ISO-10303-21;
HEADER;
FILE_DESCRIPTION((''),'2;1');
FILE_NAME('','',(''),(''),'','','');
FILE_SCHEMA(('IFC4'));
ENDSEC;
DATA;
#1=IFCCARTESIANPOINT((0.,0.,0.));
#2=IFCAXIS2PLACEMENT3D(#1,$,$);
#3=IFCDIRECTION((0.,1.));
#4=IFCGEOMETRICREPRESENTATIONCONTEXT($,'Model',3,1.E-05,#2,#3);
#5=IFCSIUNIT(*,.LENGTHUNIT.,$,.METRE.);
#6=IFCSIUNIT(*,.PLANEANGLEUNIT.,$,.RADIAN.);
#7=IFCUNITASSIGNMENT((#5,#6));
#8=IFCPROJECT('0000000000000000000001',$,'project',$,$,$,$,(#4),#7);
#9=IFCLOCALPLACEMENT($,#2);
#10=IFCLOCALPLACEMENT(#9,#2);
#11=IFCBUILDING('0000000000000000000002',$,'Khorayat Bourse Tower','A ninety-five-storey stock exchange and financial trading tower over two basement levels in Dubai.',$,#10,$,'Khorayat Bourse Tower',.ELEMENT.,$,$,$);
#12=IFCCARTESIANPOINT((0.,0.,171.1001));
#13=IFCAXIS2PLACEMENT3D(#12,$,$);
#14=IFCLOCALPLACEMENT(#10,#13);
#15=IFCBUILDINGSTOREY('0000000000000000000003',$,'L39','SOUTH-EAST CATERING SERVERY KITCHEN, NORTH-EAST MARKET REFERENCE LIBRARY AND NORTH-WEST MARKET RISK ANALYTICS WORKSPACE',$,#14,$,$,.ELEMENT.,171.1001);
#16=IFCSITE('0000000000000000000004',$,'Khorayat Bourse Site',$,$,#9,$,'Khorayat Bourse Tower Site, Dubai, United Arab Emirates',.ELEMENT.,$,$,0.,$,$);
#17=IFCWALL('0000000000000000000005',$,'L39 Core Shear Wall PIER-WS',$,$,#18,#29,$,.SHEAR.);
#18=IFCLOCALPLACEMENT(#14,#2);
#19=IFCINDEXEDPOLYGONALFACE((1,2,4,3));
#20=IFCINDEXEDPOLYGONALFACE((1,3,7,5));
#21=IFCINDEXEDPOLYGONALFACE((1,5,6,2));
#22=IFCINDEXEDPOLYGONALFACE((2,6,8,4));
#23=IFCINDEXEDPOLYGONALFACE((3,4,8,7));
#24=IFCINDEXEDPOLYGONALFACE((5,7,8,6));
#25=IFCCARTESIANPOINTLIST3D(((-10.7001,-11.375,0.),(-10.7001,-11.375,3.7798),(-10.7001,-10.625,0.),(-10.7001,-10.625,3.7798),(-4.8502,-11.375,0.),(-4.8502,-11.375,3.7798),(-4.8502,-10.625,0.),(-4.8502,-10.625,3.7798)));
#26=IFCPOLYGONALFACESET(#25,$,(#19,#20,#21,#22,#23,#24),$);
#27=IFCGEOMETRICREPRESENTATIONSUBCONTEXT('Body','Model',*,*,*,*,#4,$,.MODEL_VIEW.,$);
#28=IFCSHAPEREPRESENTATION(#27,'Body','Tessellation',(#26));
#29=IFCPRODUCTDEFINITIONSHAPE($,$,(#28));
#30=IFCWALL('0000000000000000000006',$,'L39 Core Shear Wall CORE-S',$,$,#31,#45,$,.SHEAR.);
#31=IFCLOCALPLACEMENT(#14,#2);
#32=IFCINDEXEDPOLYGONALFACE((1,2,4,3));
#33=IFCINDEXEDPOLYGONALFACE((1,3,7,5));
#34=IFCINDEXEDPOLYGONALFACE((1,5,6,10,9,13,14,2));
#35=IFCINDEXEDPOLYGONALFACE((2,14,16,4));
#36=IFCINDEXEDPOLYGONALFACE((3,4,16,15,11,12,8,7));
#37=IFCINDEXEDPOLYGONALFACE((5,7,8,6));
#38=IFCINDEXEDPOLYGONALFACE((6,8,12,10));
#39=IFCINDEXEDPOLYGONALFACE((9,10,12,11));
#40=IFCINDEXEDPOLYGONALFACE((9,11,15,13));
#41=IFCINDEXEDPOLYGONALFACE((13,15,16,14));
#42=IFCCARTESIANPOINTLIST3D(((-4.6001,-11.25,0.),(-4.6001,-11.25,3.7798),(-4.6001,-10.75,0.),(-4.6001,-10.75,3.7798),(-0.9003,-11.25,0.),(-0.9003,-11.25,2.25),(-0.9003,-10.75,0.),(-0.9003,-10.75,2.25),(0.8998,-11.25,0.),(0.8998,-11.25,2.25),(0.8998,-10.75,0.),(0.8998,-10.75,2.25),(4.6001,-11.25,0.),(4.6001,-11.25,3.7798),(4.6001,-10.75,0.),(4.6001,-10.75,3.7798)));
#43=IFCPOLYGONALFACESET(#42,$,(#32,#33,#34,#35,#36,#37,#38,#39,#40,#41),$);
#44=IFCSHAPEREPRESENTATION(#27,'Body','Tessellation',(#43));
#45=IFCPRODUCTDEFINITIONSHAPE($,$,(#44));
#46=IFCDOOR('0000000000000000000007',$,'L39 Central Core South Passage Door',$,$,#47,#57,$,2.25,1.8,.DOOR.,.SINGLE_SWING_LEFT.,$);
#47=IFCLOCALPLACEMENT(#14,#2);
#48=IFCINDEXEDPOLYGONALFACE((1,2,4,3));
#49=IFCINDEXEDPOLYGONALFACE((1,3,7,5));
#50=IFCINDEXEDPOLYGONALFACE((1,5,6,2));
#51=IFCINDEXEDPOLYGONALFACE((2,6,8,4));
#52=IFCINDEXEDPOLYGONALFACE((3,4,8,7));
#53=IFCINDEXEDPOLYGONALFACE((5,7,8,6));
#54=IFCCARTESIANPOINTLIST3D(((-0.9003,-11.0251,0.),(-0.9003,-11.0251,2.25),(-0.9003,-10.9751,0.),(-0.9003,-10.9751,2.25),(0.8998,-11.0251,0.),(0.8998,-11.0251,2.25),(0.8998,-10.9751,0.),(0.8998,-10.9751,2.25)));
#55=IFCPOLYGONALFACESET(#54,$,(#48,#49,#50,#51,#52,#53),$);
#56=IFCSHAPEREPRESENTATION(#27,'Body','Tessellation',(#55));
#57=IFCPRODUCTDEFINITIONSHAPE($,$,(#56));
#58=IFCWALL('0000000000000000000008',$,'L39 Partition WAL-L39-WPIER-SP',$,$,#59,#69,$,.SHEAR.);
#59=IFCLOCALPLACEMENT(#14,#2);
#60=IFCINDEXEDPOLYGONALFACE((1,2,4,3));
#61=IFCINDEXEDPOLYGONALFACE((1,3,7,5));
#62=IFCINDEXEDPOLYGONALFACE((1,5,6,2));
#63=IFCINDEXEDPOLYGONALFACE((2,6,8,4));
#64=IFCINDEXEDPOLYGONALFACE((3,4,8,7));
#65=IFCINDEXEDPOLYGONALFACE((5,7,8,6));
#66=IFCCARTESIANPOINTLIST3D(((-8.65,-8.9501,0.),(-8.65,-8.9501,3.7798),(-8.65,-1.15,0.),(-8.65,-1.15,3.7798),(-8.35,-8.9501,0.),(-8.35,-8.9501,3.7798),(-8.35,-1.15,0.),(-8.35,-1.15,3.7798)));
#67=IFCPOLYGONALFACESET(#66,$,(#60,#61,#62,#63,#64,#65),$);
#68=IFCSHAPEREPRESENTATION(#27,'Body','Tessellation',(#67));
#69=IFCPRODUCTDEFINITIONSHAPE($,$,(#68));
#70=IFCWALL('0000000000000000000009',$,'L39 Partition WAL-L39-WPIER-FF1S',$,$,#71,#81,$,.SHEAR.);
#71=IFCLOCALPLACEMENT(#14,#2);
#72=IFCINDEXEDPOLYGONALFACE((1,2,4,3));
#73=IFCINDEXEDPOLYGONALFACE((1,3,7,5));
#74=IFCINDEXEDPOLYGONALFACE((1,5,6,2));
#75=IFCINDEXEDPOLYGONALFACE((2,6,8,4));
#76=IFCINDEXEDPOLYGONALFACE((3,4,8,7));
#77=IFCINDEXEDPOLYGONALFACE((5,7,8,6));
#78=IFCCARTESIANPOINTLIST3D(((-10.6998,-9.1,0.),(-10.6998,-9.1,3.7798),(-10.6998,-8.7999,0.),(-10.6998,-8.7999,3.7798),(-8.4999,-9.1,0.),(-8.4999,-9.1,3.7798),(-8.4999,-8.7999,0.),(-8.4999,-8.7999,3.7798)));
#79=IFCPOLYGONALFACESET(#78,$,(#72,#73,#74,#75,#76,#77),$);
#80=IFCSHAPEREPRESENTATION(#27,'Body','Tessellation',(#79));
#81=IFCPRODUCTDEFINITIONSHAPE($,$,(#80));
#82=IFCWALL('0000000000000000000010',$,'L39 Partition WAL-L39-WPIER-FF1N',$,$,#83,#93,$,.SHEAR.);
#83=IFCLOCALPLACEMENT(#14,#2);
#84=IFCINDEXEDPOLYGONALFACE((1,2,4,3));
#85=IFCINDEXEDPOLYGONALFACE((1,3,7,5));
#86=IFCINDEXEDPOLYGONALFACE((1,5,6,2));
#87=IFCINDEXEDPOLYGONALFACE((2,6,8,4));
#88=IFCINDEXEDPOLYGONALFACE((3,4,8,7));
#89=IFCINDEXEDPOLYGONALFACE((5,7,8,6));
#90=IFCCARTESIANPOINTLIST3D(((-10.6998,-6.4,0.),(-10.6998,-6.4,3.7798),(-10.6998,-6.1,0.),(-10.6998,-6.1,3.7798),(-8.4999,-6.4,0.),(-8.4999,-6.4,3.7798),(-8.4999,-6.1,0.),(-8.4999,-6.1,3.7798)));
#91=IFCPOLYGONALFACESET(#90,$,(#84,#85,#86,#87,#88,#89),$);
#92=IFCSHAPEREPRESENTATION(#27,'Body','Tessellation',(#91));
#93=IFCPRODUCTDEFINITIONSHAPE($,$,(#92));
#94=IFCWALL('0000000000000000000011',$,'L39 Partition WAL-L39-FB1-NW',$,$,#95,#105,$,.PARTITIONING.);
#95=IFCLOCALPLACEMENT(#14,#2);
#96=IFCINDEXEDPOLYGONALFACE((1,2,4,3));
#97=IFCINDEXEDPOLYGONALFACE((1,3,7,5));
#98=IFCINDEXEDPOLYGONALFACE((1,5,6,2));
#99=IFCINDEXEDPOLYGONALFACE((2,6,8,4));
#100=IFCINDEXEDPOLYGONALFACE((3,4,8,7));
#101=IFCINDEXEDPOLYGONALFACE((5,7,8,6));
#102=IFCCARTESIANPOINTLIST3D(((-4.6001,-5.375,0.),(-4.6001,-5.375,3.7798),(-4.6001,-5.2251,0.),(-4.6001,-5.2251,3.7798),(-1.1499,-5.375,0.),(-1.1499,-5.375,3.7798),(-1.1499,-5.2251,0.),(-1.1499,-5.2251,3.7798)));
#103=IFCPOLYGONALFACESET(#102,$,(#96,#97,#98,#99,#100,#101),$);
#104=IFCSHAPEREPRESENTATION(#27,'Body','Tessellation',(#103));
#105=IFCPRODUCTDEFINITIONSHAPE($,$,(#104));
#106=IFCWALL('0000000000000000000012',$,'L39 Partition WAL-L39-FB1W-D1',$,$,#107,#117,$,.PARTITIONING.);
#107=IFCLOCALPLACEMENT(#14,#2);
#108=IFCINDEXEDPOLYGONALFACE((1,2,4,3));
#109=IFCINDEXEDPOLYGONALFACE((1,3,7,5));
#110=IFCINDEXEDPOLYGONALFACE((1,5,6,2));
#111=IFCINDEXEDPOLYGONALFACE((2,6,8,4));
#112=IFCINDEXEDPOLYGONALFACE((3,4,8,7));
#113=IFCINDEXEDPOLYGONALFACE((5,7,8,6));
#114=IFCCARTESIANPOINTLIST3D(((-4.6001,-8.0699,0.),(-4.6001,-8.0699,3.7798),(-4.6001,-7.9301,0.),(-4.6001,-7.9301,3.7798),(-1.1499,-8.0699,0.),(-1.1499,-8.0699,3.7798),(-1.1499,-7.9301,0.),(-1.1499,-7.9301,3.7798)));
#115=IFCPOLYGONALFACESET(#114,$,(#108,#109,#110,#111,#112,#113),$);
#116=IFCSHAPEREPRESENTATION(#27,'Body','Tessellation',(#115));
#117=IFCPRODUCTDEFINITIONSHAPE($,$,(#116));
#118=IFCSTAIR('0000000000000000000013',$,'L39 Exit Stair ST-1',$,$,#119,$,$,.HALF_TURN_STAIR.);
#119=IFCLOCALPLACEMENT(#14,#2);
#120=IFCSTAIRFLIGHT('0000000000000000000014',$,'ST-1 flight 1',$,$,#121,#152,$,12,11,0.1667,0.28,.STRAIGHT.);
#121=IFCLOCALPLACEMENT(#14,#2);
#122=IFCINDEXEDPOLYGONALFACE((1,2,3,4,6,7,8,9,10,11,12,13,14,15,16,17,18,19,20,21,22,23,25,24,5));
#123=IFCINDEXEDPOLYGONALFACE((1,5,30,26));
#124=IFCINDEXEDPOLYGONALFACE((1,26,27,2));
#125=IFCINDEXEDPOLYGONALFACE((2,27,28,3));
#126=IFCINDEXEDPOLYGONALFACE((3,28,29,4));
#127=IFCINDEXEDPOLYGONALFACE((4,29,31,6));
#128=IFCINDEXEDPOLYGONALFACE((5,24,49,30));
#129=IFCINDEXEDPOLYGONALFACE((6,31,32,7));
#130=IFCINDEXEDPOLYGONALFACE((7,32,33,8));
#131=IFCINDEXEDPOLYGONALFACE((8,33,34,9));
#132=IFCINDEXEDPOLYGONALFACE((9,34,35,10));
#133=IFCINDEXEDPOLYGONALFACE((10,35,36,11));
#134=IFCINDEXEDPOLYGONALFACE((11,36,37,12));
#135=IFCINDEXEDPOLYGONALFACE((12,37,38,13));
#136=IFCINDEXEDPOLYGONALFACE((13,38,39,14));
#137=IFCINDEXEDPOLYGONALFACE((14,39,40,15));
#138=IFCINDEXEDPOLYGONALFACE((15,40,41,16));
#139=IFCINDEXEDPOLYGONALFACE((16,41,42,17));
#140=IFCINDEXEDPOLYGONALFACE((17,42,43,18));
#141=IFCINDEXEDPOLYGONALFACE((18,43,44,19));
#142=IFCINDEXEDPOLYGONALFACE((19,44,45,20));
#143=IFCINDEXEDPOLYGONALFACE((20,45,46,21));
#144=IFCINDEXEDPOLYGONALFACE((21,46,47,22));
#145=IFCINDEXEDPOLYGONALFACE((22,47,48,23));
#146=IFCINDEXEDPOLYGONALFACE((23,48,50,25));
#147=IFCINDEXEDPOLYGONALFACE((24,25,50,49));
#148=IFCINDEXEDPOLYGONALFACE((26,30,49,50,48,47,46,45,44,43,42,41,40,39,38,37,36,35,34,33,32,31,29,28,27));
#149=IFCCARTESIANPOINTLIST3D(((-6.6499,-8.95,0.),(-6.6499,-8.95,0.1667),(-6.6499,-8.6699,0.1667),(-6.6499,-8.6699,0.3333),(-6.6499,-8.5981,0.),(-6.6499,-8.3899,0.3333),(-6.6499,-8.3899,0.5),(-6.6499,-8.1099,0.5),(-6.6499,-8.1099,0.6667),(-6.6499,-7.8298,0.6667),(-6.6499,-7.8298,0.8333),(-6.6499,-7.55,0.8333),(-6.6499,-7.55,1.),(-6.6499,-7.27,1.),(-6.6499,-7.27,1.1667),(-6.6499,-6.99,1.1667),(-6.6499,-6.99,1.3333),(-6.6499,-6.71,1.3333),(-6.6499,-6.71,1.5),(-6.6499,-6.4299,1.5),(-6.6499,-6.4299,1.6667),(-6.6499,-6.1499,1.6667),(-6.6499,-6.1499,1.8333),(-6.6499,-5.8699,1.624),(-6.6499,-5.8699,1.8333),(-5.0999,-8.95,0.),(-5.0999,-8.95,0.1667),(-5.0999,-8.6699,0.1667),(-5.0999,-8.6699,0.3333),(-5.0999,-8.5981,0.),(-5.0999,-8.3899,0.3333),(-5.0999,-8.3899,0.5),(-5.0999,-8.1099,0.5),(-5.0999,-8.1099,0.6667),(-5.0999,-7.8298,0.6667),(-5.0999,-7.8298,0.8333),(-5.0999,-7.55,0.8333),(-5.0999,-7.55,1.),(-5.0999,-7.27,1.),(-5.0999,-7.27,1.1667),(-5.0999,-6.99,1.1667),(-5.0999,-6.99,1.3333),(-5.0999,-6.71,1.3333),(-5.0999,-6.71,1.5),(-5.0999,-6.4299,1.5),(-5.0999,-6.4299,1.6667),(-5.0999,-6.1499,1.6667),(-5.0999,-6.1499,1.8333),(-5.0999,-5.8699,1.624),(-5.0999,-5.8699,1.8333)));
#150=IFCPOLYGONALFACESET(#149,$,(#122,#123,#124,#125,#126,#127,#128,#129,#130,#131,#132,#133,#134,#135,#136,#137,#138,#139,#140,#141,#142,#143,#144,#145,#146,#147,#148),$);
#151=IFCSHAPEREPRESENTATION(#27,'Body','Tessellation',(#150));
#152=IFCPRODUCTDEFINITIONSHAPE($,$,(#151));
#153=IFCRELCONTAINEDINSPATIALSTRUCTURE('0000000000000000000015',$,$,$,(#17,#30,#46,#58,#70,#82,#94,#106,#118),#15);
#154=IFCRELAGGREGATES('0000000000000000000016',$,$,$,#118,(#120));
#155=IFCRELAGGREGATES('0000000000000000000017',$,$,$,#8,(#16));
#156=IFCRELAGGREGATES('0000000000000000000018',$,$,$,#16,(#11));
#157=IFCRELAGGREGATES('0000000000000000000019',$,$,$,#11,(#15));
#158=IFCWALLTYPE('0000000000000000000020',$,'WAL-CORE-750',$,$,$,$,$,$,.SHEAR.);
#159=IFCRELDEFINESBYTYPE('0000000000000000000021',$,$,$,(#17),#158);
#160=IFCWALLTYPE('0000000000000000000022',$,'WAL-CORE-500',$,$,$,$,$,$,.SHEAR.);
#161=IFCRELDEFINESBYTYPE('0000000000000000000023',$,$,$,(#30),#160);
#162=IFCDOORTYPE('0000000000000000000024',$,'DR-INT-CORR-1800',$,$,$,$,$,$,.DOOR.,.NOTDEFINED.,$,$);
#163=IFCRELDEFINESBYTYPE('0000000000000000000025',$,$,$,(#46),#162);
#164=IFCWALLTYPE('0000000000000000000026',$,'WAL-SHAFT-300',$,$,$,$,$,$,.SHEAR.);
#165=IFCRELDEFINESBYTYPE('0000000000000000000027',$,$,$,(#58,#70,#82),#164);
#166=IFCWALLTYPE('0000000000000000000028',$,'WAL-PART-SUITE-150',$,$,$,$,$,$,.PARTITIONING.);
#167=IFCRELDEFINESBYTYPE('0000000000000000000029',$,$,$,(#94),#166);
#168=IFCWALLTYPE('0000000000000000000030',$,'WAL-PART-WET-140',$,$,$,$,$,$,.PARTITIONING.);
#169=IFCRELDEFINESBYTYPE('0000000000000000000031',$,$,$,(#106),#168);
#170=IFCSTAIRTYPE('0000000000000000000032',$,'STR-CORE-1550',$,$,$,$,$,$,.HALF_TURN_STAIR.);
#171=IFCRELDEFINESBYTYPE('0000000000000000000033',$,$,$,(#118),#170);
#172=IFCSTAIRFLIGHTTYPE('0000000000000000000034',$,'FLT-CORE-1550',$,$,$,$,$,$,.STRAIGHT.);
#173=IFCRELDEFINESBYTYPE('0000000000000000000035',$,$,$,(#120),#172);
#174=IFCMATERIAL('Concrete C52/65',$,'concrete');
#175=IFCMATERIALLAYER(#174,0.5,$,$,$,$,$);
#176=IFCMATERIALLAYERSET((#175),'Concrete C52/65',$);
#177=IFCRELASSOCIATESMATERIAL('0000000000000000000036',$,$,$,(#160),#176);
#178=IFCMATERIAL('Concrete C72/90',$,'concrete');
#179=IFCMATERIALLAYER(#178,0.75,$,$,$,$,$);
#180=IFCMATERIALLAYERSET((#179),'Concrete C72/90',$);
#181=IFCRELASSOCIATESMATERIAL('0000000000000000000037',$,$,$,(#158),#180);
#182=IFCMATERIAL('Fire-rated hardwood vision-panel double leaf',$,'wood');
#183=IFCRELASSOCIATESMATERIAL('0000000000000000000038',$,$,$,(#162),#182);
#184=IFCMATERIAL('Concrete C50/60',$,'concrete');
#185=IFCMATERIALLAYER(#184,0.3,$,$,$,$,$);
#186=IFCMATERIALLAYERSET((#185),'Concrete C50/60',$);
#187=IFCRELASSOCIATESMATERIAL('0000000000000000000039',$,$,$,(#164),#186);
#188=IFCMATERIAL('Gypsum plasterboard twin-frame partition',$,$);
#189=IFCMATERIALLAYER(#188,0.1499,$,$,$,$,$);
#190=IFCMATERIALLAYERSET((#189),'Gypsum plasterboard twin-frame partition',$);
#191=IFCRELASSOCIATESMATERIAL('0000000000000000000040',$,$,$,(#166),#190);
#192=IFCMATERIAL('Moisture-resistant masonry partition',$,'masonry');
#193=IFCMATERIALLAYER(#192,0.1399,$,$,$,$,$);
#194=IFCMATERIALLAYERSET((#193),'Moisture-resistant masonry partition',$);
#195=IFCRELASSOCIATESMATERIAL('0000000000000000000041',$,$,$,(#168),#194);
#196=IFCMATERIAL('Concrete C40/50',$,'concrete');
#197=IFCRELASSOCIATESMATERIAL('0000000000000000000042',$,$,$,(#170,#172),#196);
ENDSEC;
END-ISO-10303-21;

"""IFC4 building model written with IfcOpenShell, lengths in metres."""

from ifc_helpers import new_model, si_unit, direction, frame, frame_2d, origin, place, context, subcontext, project, spatial, polyline, rectangle, outline, extrude, source, transform, mapped, material, layer, layer_set, type_object, element, fill, aggregate, save


model = new_model("IFC4")

# Units and contexts
model_context = context("Model", 3, precision=1e-05, world=origin(), true_north=direction((0.0, 1.0)))
body_context = subcontext(model_context, "Body", "Model", "MODEL_VIEW")
ifc_project = project(units=[si_unit("LENGTHUNIT", "METRE"), si_unit("PLANEANGLEUNIT", "RADIAN")], contexts=[model_context])

# Site, building, storey
site_placement = place(None, origin())
site = spatial("IfcSite", under=ifc_project, at=site_placement, Name="Khorayat Bourse Site", LongName="Khorayat Bourse Tower Site, Dubai, United Arab Emirates", CompositionType="ELEMENT", RefElevation=0.0)
building_placement = place(site_placement, origin())
building = spatial("IfcBuilding", under=site, at=building_placement, Name="Khorayat Bourse Tower", Description="A ninety-five-storey stock exchange and financial trading tower over two basement levels in Dubai.", LongName="Khorayat Bourse Tower", CompositionType="ELEMENT")
storey_placement = place(building_placement, frame((0.0, 0.0, 171.1001)))
storey = spatial("IfcBuildingStorey", under=building, at=storey_placement, Name="L39", Description="SOUTH-EAST CATERING SERVERY KITCHEN, NORTH-EAST MARKET REFERENCE LIBRARY AND NORTH-WEST MARKET RISK ANALYTICS WORKSPACE", CompositionType="ELEMENT", Elevation=171.1001)

# Shared definitions
ifc_material_1 = material(Name="Concrete C72/90", Category="concrete")

# Wall
ifc_material_2 = material(Name="Concrete C52/65", Category="concrete")
ifc_layer_1 = layer(ifc_material_2, 0.5)
ifc_layer_set_1 = layer_set([ifc_layer_1], Name="Concrete C52/65")
wall_type_1 = type_object("IfcWallType", Name="WAL-CORE-500", PredefinedType="SHEAR", material=ifc_layer_set_1)
ifc_layer_2 = layer(ifc_material_1, 0.75)
ifc_layer_set_2 = layer_set([ifc_layer_2], Name="Concrete C72/90")
wall_type_2 = type_object("IfcWallType", Name="WAL-CORE-750", PredefinedType="SHEAR", material=ifc_layer_set_2)
shared_shape_1 = source(origin(), body_context, "Body", "SweptSolid", [
    extrude(rectangle(XDim=5.8499, YDim=0.75, at=frame_2d((2.9248, 0.0))), origin(), (0.0, 0.0, 1.0), 3.7798),
])
wall_1_placement = place(storey_placement, frame((-10.7, -11.0, 0.0), z_axis=(0.0, 0.0, 1.0), x_axis=(1.0, 0.0, 0.0)))
element("IfcWall", 1, at=wall_1_placement, inside=storey, type_object=wall_type_2, Name="L39 Core Shear Wall PIER-WS", PredefinedType="SHEAR", context=body_context, shape_type="MappedRepresentation", body=[
    mapped(shared_shape_1, transform((0.0, 0.0, 0.0), scale=1.0)),
])

# Wall, opening, door
shared_shape_2 = source(origin(), body_context, "Body", "SweptSolid", [
    extrude(rectangle(XDim=9.2002, YDim=0.5, at=frame_2d((4.6001, 0.0))), origin(), (0.0, 0.0, 1.0), 3.7798),
])
wall_2_placement = place(storey_placement, frame((-4.6001, -11.0, 0.0), z_axis=(0.0, 0.0, 1.0), x_axis=(1.0, 0.0, 0.0)))
wall_2 = element("IfcWall", 2, at=wall_2_placement, inside=storey, type_object=wall_type_1, Name="L39 Core Shear Wall CORE-S", PredefinedType="SHEAR", context=body_context, shape_type="MappedRepresentation", body=[
    mapped(shared_shape_2, transform((0.0, 0.0, 0.0), scale=1.0)),
])
shared_shape_3 = source(origin(), body_context, "Body", "SweptSolid", [
    extrude(rectangle(XDim=1.8, YDim=2.25, at=frame_2d((0.8999, 1.125))), frame((0.0, 0.26, 0.0), z_axis=(0.0, -1.0, 0.0), x_axis=(1.0, 0.0, 0.0)), (0.0, 0.0, 1.0), 0.52),
])
opening_placement = place(wall_2_placement, frame((3.7, 0.0, 0.0)))
opening = element("IfcOpeningElement", 3, at=opening_placement, cuts=wall_2, PredefinedType="OPENING", context=body_context, shape_type="MappedRepresentation", body=[
    mapped(shared_shape_3, transform((0.0, 0.0, 0.0), scale=1.0)),
])
ifc_material_3 = material(Name="Fire-rated hardwood vision-panel double leaf", Category="wood")
door_type = type_object("IfcDoorType", Name="DR-INT-CORR-1800", OperationType="NOTDEFINED", PredefinedType="DOOR", material=ifc_material_3)
shared_shape_4 = source(origin(), body_context, "Body", "SweptSolid", [
    extrude(rectangle(XDim=1.8, YDim=2.25, at=frame_2d((0.8999, 1.125))), frame((0.0, 0.0249, 0.0), z_axis=(0.0, -1.0, 0.0), x_axis=(1.0, 0.0, 0.0)), (0.0, 0.0, 1.0), 0.05),
])
door_placement = place(opening_placement, origin())
door = element("IfcDoor", 4, at=door_placement, inside=storey, type_object=door_type, Name="L39 Central Core South Passage Door", OperationType="SINGLE_SWING_LEFT", OverallHeight=2.25, OverallWidth=1.8, PredefinedType="DOOR", context=body_context, shape_type="MappedRepresentation", body=[
    mapped(shared_shape_4, transform((0.0, 0.0, 0.0), scale=1.0)),
])
fill(opening, door)

# Walls
ifc_material_4 = material(Name="Concrete C50/60", Category="concrete")
ifc_layer_3 = layer(ifc_material_4, 0.3)
ifc_layer_set_3 = layer_set([ifc_layer_3], Name="Concrete C50/60")
wall_type_3 = type_object("IfcWallType", Name="WAL-SHAFT-300", PredefinedType="SHEAR", material=ifc_layer_set_3)
shared_shape_5 = source(origin(), body_context, "Body", "SweptSolid", [
    extrude(rectangle(XDim=7.8, YDim=0.3, at=frame_2d((3.8999, 0.0))), origin(), (0.0, 0.0, 1.0), 3.7798),
])
wall_3_placement = place(storey_placement, frame((-8.5, -8.95, 0.0), z_axis=(0.0, 0.0, 1.0), x_axis=(0.0, 1.0, 0.0)))
element("IfcWall", 5, at=wall_3_placement, inside=storey, type_object=wall_type_3, Name="L39 Partition WAL-L39-WPIER-SP", PredefinedType="SHEAR", context=body_context, shape_type="MappedRepresentation", body=[
    mapped(shared_shape_5, transform((0.0, 0.0, 0.0), scale=1.0)),
])
shared_shape_6 = source(origin(), body_context, "Body", "SweptSolid", [
    extrude(rectangle(XDim=2.2, YDim=0.3, at=frame_2d((1.1001, 0.0))), origin(), (0.0, 0.0, 1.0), 3.7798),
])
for number, where, z_axis, x_axis, name in (
    (6, (-10.7, -8.95, 0.0), (0.0, 0.0, 1.0), (1.0, 0.0, 0.0), "L39 Partition WAL-L39-WPIER-FF1S"),
    (7, (-10.7, -6.25, 0.0), (0.0, 0.0, 1.0), (1.0, 0.0, 0.0), "L39 Partition WAL-L39-WPIER-FF1N"),
):
    element("IfcWall", number, at=place(storey_placement, frame(where, z_axis=z_axis, x_axis=x_axis)), inside=storey, type_object=wall_type_3, Name=name, PredefinedType="SHEAR", context=body_context, shape_type="MappedRepresentation", body=[
        mapped(shared_shape_6, transform((0.0, 0.0, 0.0), scale=1.0)),
    ])
ifc_material_5 = material(Name="Gypsum plasterboard twin-frame partition")
ifc_layer_4 = layer(ifc_material_5, 0.1499)
ifc_layer_set_4 = layer_set([ifc_layer_4], Name="Gypsum plasterboard twin-frame partition")
wall_type_4 = type_object("IfcWallType", Name="WAL-PART-SUITE-150", PredefinedType="PARTITIONING", material=ifc_layer_set_4)
shared_shape_7 = source(origin(), body_context, "Body", "SweptSolid", [
    extrude(rectangle(XDim=3.4502, YDim=0.1499, at=frame_2d((1.7251, 0.0))), origin(), (0.0, 0.0, 1.0), 3.7798),
])
wall_4_placement = place(storey_placement, frame((-4.6001, -5.3, 0.0), z_axis=(0.0, 0.0, 1.0), x_axis=(1.0, 0.0, 0.0)))
element("IfcWall", 8, at=wall_4_placement, inside=storey, type_object=wall_type_4, Name="L39 Partition WAL-L39-FB1-NW", PredefinedType="PARTITIONING", context=body_context, shape_type="MappedRepresentation", body=[
    mapped(shared_shape_7, transform((0.0, 0.0, 0.0), scale=1.0)),
])
ifc_material_6 = material(Name="Moisture-resistant masonry partition", Category="masonry")
ifc_layer_5 = layer(ifc_material_6, 0.1399)
ifc_layer_set_5 = layer_set([ifc_layer_5], Name="Moisture-resistant masonry partition")
wall_type_5 = type_object("IfcWallType", Name="WAL-PART-WET-140", PredefinedType="PARTITIONING", material=ifc_layer_set_5)
shared_shape_8 = source(origin(), body_context, "Body", "SweptSolid", [
    extrude(rectangle(XDim=3.4502, YDim=0.1399, at=frame_2d((1.7251, 0.0))), origin(), (0.0, 0.0, 1.0), 3.7798),
])
wall_5_placement = place(storey_placement, frame((-4.6001, -8.0, 0.0), z_axis=(0.0, 0.0, 1.0), x_axis=(1.0, 0.0, 0.0)))
element("IfcWall", 9, at=wall_5_placement, inside=storey, type_object=wall_type_5, Name="L39 Partition WAL-L39-FB1W-D1", PredefinedType="PARTITIONING", context=body_context, shape_type="MappedRepresentation", body=[
    mapped(shared_shape_8, transform((0.0, 0.0, 0.0), scale=1.0)),
])

# Stair, stair flight
ifc_material_7 = material(Name="Concrete C40/50", Category="concrete")
stair_type = type_object("IfcStairType", Name="STR-CORE-1550", PredefinedType="HALF_TURN_STAIR", material=ifc_material_7)
stair_placement = place(storey_placement, origin())
stair = element("IfcStair", 10, at=stair_placement, inside=storey, type_object=stair_type, Name="L39 Exit Stair ST-1", PredefinedType="HALF_TURN_STAIR")
stair_flight_type = type_object("IfcStairFlightType", Name="FLT-CORE-1550", PredefinedType="STRAIGHT", material=ifc_material_7)
shared_shape_9 = source(origin(), body_context, "Body", "SweptSolid", [
    extrude(outline(polyline([(0.0, 0.0), (0.0, 0.1667), (0.28, 0.1667), (0.28, 0.3333), (0.5601, 0.3333), (0.5601, 0.5), (0.8401, 0.5), (0.8401, 0.6667), (1.1201, 0.6667), (1.1201, 0.8333), (1.3999, 0.8333), (1.3999, 1.0), (1.6799, 1.0), (1.6799, 1.1667), (1.96, 1.1667), (1.96, 1.3333), (2.24, 1.3333), (2.24, 1.5), (2.52, 1.5), (2.52, 1.6667), (2.8, 1.6667), (2.8, 1.8333), (3.0801, 1.8333), (3.0801, 2.0), (3.0801, 1.624), (0.3518, 0.0), (0.0, 0.0)])), frame((0.0, 0.7749, 0.0), z_axis=(0.0, -1.0, 0.0), x_axis=(1.0, 0.0, 0.0)), (0.0, 0.0, 1.0), 1.55),
])
stair_flight_1_placement = place(storey_placement, frame((-5.875, -8.95, 0.0), z_axis=(0.0, 0.0, 1.0), x_axis=(0.0, 1.0, 0.0)))
stair_flight_1 = element("IfcStairFlight", 11, at=stair_flight_1_placement, type_object=stair_flight_type, Name="ST-1 flight 1", NumberOfRisers=12, NumberOfTreads=11, PredefinedType="STRAIGHT", RiserHeight=0.1667, TreadLength=0.28, context=body_context, shape_type="MappedRepresentation", body=[
    mapped(shared_shape_9, transform((0.0, 0.0, 0.0), scale=1.0)),
])
aggregate(stair, [stair_flight_1])

save(model, "model.ifc")
